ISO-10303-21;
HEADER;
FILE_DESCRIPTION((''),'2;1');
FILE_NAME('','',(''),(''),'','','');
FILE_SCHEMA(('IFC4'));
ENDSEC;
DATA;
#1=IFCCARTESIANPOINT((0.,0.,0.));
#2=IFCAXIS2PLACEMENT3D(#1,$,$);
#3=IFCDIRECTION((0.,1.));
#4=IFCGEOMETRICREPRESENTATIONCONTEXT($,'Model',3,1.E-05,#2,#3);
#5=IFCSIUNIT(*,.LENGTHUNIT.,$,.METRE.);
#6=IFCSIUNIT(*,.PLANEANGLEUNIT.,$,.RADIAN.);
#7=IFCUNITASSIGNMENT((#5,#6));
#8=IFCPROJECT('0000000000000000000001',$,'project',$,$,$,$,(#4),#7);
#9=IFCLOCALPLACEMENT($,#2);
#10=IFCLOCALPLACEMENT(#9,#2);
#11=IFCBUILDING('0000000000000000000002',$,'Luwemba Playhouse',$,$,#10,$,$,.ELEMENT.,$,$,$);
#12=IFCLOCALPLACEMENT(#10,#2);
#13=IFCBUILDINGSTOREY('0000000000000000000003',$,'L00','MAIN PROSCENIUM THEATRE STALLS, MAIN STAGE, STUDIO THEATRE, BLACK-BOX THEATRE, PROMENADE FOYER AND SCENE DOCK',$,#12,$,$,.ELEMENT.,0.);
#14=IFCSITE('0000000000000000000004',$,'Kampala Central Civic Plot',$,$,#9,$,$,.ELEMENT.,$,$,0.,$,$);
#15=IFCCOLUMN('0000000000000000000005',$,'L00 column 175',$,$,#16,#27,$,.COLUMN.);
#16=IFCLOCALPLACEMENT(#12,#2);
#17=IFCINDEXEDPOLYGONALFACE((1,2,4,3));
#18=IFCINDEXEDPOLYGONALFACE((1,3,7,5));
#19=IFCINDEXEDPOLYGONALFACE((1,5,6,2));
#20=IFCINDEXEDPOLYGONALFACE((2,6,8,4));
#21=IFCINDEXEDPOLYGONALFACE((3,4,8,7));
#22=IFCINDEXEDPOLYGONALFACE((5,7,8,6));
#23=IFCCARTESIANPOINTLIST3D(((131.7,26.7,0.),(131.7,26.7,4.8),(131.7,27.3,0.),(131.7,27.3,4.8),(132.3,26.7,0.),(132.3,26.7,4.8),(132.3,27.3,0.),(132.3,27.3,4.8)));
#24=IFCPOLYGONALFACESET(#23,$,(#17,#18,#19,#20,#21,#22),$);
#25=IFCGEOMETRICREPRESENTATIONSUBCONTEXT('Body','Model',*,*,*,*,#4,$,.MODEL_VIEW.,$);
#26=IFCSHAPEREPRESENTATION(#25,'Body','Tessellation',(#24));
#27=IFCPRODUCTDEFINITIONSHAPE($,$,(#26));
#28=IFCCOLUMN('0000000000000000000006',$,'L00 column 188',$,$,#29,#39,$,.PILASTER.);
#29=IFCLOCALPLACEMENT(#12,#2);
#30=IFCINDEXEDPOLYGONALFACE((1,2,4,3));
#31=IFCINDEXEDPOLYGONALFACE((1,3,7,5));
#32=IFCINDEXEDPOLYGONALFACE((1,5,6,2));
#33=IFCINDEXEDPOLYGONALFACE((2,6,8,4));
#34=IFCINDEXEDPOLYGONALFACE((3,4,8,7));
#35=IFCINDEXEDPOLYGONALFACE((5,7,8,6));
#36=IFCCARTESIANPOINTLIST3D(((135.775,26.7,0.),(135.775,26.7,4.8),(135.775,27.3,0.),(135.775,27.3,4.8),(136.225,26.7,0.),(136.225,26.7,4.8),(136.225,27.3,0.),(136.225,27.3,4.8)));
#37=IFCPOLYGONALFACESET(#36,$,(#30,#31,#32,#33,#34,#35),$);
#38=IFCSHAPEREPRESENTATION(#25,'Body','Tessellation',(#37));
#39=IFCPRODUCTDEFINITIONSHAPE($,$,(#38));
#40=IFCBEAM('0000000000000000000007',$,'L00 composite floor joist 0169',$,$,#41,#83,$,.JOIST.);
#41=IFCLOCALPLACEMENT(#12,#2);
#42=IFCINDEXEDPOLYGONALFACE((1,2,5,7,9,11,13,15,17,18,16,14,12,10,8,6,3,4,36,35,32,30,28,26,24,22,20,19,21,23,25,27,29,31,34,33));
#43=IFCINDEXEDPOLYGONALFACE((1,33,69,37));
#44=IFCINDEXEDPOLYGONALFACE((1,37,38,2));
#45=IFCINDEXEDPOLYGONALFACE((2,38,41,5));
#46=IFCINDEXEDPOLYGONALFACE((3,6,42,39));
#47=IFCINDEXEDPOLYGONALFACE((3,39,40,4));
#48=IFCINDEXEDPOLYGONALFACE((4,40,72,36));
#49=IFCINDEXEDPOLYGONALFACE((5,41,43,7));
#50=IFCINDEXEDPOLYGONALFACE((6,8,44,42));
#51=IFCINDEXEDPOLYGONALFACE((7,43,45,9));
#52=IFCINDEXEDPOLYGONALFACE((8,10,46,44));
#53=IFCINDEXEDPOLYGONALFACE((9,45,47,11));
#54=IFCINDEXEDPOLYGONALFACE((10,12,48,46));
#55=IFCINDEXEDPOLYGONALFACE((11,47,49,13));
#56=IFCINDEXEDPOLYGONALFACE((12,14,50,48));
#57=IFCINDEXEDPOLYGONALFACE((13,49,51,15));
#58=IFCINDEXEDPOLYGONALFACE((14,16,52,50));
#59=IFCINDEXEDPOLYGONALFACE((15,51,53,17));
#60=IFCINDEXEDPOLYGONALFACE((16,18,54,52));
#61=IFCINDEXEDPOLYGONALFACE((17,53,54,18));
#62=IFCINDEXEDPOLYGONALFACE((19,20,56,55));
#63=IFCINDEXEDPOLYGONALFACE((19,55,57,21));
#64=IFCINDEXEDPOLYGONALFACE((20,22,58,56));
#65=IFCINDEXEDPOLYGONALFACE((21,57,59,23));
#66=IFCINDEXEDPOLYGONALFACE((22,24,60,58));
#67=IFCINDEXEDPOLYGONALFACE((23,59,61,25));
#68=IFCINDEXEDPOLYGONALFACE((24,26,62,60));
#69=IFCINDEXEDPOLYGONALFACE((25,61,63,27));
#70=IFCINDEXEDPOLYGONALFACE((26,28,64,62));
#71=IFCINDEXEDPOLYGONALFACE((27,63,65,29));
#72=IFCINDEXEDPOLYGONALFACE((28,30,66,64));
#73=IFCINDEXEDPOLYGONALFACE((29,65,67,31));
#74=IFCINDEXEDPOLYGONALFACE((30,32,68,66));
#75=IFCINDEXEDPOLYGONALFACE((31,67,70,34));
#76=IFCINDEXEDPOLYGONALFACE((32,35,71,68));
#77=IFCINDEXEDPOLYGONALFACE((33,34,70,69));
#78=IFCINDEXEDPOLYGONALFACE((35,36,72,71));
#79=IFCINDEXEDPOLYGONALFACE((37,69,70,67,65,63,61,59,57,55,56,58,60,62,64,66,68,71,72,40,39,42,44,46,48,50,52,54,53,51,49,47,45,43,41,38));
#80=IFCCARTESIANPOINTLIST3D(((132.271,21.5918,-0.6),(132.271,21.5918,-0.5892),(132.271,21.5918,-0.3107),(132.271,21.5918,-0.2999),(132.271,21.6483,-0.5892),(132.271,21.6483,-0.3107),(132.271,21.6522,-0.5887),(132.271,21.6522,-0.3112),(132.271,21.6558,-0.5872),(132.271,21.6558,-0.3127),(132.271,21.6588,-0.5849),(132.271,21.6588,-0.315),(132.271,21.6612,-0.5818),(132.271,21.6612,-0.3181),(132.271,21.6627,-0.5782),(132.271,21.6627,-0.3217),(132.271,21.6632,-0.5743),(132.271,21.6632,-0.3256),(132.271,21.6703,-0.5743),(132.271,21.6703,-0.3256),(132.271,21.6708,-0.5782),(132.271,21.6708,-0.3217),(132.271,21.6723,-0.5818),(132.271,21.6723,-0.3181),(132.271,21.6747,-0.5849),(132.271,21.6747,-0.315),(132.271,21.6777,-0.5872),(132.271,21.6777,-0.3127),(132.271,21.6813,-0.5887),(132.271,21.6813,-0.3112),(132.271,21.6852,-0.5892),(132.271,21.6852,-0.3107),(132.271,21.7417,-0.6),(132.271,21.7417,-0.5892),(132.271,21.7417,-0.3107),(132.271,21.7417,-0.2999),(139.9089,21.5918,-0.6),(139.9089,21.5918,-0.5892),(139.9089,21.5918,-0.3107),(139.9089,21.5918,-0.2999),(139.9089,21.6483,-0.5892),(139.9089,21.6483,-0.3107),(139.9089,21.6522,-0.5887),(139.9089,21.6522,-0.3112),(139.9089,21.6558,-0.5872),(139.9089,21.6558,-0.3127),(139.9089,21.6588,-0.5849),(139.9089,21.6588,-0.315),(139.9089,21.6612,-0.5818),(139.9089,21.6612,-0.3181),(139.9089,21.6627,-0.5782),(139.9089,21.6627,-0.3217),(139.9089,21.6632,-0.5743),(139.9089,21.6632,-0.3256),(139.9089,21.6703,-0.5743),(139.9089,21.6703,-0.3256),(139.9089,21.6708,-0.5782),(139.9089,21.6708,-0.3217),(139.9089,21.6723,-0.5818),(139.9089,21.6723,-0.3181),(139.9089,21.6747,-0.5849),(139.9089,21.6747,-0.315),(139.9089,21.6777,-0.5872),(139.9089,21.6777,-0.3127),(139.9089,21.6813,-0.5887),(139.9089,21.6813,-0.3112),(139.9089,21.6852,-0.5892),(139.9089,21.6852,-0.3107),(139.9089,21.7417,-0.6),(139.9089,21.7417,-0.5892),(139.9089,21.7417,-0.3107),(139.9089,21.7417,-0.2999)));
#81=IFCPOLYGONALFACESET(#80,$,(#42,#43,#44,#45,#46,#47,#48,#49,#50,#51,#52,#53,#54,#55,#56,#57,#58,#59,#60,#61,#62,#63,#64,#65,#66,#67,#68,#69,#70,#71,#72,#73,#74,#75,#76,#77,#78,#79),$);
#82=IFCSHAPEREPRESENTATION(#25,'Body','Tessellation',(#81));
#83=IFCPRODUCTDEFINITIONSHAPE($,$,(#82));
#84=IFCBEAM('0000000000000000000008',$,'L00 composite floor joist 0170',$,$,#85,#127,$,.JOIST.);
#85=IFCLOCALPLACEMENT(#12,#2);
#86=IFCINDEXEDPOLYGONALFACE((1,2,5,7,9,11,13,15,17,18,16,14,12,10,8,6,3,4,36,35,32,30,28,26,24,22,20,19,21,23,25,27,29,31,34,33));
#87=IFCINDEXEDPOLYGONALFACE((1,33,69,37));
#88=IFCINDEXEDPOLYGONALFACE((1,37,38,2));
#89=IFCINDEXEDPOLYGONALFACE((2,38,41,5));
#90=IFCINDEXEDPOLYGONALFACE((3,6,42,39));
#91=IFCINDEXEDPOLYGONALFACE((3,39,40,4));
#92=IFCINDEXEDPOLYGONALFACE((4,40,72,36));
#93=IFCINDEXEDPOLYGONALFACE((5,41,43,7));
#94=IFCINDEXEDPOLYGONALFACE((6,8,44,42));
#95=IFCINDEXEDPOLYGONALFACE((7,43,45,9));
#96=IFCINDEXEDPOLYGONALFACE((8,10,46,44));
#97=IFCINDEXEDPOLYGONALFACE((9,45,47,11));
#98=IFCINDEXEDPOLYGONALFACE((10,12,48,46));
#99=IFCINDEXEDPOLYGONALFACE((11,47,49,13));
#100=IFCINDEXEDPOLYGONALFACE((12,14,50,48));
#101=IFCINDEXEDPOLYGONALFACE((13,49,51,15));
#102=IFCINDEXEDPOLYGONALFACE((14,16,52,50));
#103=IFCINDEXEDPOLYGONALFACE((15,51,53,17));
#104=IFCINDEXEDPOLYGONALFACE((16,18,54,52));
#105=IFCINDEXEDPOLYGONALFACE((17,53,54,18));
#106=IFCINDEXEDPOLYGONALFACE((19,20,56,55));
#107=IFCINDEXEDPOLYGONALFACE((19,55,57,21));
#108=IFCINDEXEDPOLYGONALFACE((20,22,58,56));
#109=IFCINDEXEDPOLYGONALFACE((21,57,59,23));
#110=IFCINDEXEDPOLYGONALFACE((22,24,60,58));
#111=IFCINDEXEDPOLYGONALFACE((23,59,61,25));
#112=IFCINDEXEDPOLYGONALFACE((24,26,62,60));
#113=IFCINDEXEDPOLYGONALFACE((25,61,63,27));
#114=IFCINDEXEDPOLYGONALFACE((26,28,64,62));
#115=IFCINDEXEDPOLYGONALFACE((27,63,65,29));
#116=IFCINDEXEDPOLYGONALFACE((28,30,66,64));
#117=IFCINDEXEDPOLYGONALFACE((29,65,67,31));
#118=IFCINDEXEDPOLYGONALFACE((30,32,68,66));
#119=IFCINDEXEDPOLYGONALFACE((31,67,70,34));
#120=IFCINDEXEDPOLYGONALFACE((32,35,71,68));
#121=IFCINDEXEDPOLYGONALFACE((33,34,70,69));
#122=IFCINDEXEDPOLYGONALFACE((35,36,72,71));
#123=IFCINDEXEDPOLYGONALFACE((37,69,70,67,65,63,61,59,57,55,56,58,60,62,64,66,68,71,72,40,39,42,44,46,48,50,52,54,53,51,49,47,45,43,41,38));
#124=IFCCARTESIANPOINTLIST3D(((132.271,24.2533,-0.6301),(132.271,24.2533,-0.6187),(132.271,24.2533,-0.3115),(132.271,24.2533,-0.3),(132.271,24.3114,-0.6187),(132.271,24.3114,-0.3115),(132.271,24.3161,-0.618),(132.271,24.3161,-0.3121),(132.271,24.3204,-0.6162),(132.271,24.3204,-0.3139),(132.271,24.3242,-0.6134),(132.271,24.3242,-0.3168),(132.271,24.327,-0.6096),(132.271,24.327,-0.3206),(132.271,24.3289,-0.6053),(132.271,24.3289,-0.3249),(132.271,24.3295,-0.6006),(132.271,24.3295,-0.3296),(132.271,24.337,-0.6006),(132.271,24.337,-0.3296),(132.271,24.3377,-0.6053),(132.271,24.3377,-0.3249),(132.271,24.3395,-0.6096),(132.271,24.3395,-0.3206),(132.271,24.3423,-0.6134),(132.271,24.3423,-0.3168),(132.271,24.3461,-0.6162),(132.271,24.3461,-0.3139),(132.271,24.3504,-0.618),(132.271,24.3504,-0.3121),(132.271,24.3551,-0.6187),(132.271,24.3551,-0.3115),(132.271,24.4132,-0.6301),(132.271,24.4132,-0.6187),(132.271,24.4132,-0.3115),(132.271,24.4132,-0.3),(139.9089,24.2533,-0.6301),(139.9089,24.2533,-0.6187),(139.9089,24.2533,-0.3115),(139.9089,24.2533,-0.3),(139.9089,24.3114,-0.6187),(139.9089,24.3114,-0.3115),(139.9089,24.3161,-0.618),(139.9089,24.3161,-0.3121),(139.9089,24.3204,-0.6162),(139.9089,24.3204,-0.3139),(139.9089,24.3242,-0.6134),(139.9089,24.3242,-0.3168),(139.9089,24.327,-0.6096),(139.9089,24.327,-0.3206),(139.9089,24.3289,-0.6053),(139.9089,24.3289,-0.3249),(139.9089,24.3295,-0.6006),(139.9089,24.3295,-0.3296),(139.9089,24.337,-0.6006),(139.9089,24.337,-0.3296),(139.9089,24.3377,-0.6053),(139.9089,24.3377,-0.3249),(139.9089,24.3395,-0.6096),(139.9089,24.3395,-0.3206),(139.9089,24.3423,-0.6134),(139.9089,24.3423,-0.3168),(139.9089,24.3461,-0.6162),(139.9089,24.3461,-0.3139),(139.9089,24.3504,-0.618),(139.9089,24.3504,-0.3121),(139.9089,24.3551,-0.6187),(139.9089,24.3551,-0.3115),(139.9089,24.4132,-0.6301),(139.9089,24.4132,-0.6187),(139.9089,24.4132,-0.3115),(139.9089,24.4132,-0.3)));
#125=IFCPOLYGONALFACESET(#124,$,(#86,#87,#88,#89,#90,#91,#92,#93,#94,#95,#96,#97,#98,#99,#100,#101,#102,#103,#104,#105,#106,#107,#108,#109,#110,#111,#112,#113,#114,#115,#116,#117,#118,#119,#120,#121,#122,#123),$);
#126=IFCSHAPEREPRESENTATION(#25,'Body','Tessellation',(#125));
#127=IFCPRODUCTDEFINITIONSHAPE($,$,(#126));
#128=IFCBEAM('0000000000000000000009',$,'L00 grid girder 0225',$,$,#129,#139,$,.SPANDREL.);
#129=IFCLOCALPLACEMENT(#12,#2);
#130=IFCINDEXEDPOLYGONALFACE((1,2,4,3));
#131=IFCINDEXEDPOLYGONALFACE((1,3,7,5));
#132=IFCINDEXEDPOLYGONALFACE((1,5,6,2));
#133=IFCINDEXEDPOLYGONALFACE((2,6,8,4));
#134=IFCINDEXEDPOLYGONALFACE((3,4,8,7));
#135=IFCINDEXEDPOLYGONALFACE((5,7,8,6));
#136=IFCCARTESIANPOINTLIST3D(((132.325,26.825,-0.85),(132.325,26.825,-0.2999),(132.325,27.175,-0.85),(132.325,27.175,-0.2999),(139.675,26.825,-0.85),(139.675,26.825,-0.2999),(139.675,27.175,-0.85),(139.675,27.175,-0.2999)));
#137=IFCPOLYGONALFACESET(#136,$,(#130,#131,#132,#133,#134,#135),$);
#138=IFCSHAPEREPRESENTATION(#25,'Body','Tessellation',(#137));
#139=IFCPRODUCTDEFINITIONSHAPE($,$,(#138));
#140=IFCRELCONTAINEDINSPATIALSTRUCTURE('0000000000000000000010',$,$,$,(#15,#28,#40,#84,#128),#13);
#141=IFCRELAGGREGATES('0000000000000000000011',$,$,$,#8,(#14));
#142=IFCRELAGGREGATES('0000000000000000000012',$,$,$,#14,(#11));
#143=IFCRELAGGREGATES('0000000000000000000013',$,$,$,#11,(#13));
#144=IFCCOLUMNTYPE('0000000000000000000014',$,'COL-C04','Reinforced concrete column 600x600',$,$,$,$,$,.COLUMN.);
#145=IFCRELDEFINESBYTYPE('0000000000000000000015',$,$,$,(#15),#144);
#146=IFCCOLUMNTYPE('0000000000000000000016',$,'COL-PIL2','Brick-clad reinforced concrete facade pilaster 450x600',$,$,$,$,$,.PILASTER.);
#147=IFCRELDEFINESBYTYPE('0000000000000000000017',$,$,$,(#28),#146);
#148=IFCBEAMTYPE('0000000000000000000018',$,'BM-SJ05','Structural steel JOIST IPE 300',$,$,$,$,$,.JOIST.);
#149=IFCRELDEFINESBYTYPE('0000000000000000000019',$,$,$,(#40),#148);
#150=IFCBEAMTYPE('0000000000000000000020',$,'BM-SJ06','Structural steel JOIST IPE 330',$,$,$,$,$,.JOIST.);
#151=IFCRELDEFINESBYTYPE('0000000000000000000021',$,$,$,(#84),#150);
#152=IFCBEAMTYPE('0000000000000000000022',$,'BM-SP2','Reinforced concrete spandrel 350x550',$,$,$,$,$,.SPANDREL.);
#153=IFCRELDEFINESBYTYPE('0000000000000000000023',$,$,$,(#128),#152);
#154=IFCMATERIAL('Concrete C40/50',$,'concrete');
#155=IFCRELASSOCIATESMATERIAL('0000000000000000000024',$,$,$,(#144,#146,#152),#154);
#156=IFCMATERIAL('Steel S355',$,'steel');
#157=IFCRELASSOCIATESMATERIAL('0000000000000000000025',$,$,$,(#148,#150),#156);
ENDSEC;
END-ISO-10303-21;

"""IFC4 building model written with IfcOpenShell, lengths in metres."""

from ifc_helpers import new_model, si_unit, direction, frame, origin, origin_2d, place, context, subcontext, project, spatial, rectangle, i_section, extrude, material, material_profile, profile_set, type_object, element, save


model = new_model("IFC4")

# Units and contexts
model_context = context("Model", 3, precision=1e-05, world=origin(), true_north=direction((0.0, 1.0)))
body_context = subcontext(model_context, "Body", "Model", "MODEL_VIEW")
ifc_project = project(units=[si_unit("LENGTHUNIT", "METRE"), si_unit("PLANEANGLEUNIT", "RADIAN")], contexts=[model_context])

# Site, building, storey
site_placement = place(None, origin())
site = spatial("IfcSite", under=ifc_project, at=site_placement, Name="Kampala Central Civic Plot", CompositionType="ELEMENT", RefElevation=0.0)
building_placement = place(site_placement, origin())
building = spatial("IfcBuilding", under=site, at=building_placement, Name="Luwemba Playhouse", CompositionType="ELEMENT")
storey_placement = place(building_placement, origin())
storey = spatial("IfcBuildingStorey", under=building, at=storey_placement, Name="L00", Description="MAIN PROSCENIUM THEATRE STALLS, MAIN STAGE, STUDIO THEATRE, BLACK-BOX THEATRE, PROMENADE FOYER AND SCENE DOCK", CompositionType="ELEMENT", Elevation=0.0)

# Columns
ifc_material_1 = material(Name="Concrete C40/50", Category="concrete")
ifc_material_profile_1 = material_profile(ifc_material_1, rectangle(XDim=0.6001, YDim=0.6001, at=origin_2d()))
ifc_profile_set_1 = profile_set([ifc_material_profile_1], Name="Concrete C40/50")
column_type_1 = type_object("IfcColumnType", Name="COL-C04", Description="Reinforced concrete column 600x600", PredefinedType="COLUMN", material=ifc_profile_set_1)
column_1_placement = place(storey_placement, frame((132.0, 27.0, 0.0), z_axis=(0.0, 0.0, 1.0), x_axis=(1.0, 0.0, 0.0)))
element("IfcColumn", 1, at=column_1_placement, inside=storey, type_object=column_type_1, Name="L00 column 175", PredefinedType="COLUMN", context=body_context, shape_type="SweptSolid", body=[
    extrude(rectangle(XDim=0.6001, YDim=0.6001, at=origin_2d()), origin(), (0.0, 0.0, 1.0), 4.8),
])
ifc_material_profile_2 = material_profile(ifc_material_1, rectangle(XDim=0.45, YDim=0.6001, at=origin_2d()))
ifc_profile_set_2 = profile_set([ifc_material_profile_2], Name="Concrete C40/50")
column_type_2 = type_object("IfcColumnType", Name="COL-PIL2", Description="Brick-clad reinforced concrete facade pilaster 450x600", PredefinedType="PILASTER", material=ifc_profile_set_2)
column_2_placement = place(storey_placement, frame((136.0, 27.0, 0.0), z_axis=(0.0, 0.0, 1.0), x_axis=(1.0, 0.0, 0.0)))
element("IfcColumn", 2, at=column_2_placement, inside=storey, type_object=column_type_2, Name="L00 column 188", PredefinedType="PILASTER", context=body_context, shape_type="SweptSolid", body=[
    extrude(rectangle(XDim=0.45, YDim=0.6001, at=origin_2d()), origin(), (0.0, 0.0, 1.0), 4.8),
])

# Beams
ifc_material_2 = material(Name="Steel S355", Category="steel")
ifc_material_profile_3 = material_profile(ifc_material_2, i_section(OverallWidth=0.1499, OverallDepth=0.3, WebThickness=0.0071, FlangeThickness=0.0107, FilletRadius=0.0149, at=origin_2d()))
ifc_profile_set_3 = profile_set([ifc_material_profile_3], Name="Steel S355")
beam_type_1 = type_object("IfcBeamType", Name="BM-SJ05", Description="Structural steel JOIST IPE 300", PredefinedType="JOIST", material=ifc_profile_set_3)
beam_1_placement = place(storey_placement, frame((132.271, 21.6667, -0.45), z_axis=(1.0, 0.0, 0.0), x_axis=(0.0, 1.0, 0.0)))
element("IfcBeam", 3, at=beam_1_placement, inside=storey, type_object=beam_type_1, Name="L00 composite floor joist 0169", PredefinedType="JOIST", context=body_context, shape_type="SweptSolid", body=[
    extrude(i_section(OverallWidth=0.1499, OverallDepth=0.3, WebThickness=0.0071, FlangeThickness=0.0107, FilletRadius=0.0149, at=origin_2d()), origin(), (0.0, 0.0, 1.0), 7.6379),
])
ifc_material_profile_4 = material_profile(ifc_material_2, i_section(OverallWidth=0.1599, OverallDepth=0.3301, WebThickness=0.0076, FlangeThickness=0.0115, FilletRadius=0.0181, at=origin_2d()))
ifc_profile_set_4 = profile_set([ifc_material_profile_4], Name="Steel S355")
beam_type_2 = type_object("IfcBeamType", Name="BM-SJ06", Description="Structural steel JOIST IPE 330", PredefinedType="JOIST", material=ifc_profile_set_4)
beam_2_placement = place(storey_placement, frame((132.271, 24.3333, -0.4651), z_axis=(1.0, 0.0, 0.0), x_axis=(0.0, 1.0, 0.0)))
element("IfcBeam", 4, at=beam_2_placement, inside=storey, type_object=beam_type_2, Name="L00 composite floor joist 0170", PredefinedType="JOIST", context=body_context, shape_type="SweptSolid", body=[
    extrude(i_section(OverallWidth=0.1599, OverallDepth=0.3301, WebThickness=0.0076, FlangeThickness=0.0115, FilletRadius=0.0181, at=origin_2d()), origin(), (0.0, 0.0, 1.0), 7.6379),
])
ifc_material_profile_5 = material_profile(ifc_material_1, rectangle(XDim=0.3501, YDim=0.55, at=origin_2d()))
ifc_profile_set_5 = profile_set([ifc_material_profile_5], Name="Concrete C40/50")
beam_type_3 = type_object("IfcBeamType", Name="BM-SP2", Description="Reinforced concrete spandrel 350x550", PredefinedType="SPANDREL", material=ifc_profile_set_5)
beam_3_placement = place(storey_placement, frame((132.325, 27.0, -0.575), z_axis=(1.0, 0.0, 0.0), x_axis=(0.0, 1.0, 0.0)))
element("IfcBeam", 5, at=beam_3_placement, inside=storey, type_object=beam_type_3, Name="L00 grid girder 0225", PredefinedType="SPANDREL", context=body_context, shape_type="SweptSolid", body=[
    extrude(rectangle(XDim=0.3501, YDim=0.55, at=origin_2d()), origin(), (0.0, 0.0, 1.0), 7.3501),
])

save(model, "model.ifc")
